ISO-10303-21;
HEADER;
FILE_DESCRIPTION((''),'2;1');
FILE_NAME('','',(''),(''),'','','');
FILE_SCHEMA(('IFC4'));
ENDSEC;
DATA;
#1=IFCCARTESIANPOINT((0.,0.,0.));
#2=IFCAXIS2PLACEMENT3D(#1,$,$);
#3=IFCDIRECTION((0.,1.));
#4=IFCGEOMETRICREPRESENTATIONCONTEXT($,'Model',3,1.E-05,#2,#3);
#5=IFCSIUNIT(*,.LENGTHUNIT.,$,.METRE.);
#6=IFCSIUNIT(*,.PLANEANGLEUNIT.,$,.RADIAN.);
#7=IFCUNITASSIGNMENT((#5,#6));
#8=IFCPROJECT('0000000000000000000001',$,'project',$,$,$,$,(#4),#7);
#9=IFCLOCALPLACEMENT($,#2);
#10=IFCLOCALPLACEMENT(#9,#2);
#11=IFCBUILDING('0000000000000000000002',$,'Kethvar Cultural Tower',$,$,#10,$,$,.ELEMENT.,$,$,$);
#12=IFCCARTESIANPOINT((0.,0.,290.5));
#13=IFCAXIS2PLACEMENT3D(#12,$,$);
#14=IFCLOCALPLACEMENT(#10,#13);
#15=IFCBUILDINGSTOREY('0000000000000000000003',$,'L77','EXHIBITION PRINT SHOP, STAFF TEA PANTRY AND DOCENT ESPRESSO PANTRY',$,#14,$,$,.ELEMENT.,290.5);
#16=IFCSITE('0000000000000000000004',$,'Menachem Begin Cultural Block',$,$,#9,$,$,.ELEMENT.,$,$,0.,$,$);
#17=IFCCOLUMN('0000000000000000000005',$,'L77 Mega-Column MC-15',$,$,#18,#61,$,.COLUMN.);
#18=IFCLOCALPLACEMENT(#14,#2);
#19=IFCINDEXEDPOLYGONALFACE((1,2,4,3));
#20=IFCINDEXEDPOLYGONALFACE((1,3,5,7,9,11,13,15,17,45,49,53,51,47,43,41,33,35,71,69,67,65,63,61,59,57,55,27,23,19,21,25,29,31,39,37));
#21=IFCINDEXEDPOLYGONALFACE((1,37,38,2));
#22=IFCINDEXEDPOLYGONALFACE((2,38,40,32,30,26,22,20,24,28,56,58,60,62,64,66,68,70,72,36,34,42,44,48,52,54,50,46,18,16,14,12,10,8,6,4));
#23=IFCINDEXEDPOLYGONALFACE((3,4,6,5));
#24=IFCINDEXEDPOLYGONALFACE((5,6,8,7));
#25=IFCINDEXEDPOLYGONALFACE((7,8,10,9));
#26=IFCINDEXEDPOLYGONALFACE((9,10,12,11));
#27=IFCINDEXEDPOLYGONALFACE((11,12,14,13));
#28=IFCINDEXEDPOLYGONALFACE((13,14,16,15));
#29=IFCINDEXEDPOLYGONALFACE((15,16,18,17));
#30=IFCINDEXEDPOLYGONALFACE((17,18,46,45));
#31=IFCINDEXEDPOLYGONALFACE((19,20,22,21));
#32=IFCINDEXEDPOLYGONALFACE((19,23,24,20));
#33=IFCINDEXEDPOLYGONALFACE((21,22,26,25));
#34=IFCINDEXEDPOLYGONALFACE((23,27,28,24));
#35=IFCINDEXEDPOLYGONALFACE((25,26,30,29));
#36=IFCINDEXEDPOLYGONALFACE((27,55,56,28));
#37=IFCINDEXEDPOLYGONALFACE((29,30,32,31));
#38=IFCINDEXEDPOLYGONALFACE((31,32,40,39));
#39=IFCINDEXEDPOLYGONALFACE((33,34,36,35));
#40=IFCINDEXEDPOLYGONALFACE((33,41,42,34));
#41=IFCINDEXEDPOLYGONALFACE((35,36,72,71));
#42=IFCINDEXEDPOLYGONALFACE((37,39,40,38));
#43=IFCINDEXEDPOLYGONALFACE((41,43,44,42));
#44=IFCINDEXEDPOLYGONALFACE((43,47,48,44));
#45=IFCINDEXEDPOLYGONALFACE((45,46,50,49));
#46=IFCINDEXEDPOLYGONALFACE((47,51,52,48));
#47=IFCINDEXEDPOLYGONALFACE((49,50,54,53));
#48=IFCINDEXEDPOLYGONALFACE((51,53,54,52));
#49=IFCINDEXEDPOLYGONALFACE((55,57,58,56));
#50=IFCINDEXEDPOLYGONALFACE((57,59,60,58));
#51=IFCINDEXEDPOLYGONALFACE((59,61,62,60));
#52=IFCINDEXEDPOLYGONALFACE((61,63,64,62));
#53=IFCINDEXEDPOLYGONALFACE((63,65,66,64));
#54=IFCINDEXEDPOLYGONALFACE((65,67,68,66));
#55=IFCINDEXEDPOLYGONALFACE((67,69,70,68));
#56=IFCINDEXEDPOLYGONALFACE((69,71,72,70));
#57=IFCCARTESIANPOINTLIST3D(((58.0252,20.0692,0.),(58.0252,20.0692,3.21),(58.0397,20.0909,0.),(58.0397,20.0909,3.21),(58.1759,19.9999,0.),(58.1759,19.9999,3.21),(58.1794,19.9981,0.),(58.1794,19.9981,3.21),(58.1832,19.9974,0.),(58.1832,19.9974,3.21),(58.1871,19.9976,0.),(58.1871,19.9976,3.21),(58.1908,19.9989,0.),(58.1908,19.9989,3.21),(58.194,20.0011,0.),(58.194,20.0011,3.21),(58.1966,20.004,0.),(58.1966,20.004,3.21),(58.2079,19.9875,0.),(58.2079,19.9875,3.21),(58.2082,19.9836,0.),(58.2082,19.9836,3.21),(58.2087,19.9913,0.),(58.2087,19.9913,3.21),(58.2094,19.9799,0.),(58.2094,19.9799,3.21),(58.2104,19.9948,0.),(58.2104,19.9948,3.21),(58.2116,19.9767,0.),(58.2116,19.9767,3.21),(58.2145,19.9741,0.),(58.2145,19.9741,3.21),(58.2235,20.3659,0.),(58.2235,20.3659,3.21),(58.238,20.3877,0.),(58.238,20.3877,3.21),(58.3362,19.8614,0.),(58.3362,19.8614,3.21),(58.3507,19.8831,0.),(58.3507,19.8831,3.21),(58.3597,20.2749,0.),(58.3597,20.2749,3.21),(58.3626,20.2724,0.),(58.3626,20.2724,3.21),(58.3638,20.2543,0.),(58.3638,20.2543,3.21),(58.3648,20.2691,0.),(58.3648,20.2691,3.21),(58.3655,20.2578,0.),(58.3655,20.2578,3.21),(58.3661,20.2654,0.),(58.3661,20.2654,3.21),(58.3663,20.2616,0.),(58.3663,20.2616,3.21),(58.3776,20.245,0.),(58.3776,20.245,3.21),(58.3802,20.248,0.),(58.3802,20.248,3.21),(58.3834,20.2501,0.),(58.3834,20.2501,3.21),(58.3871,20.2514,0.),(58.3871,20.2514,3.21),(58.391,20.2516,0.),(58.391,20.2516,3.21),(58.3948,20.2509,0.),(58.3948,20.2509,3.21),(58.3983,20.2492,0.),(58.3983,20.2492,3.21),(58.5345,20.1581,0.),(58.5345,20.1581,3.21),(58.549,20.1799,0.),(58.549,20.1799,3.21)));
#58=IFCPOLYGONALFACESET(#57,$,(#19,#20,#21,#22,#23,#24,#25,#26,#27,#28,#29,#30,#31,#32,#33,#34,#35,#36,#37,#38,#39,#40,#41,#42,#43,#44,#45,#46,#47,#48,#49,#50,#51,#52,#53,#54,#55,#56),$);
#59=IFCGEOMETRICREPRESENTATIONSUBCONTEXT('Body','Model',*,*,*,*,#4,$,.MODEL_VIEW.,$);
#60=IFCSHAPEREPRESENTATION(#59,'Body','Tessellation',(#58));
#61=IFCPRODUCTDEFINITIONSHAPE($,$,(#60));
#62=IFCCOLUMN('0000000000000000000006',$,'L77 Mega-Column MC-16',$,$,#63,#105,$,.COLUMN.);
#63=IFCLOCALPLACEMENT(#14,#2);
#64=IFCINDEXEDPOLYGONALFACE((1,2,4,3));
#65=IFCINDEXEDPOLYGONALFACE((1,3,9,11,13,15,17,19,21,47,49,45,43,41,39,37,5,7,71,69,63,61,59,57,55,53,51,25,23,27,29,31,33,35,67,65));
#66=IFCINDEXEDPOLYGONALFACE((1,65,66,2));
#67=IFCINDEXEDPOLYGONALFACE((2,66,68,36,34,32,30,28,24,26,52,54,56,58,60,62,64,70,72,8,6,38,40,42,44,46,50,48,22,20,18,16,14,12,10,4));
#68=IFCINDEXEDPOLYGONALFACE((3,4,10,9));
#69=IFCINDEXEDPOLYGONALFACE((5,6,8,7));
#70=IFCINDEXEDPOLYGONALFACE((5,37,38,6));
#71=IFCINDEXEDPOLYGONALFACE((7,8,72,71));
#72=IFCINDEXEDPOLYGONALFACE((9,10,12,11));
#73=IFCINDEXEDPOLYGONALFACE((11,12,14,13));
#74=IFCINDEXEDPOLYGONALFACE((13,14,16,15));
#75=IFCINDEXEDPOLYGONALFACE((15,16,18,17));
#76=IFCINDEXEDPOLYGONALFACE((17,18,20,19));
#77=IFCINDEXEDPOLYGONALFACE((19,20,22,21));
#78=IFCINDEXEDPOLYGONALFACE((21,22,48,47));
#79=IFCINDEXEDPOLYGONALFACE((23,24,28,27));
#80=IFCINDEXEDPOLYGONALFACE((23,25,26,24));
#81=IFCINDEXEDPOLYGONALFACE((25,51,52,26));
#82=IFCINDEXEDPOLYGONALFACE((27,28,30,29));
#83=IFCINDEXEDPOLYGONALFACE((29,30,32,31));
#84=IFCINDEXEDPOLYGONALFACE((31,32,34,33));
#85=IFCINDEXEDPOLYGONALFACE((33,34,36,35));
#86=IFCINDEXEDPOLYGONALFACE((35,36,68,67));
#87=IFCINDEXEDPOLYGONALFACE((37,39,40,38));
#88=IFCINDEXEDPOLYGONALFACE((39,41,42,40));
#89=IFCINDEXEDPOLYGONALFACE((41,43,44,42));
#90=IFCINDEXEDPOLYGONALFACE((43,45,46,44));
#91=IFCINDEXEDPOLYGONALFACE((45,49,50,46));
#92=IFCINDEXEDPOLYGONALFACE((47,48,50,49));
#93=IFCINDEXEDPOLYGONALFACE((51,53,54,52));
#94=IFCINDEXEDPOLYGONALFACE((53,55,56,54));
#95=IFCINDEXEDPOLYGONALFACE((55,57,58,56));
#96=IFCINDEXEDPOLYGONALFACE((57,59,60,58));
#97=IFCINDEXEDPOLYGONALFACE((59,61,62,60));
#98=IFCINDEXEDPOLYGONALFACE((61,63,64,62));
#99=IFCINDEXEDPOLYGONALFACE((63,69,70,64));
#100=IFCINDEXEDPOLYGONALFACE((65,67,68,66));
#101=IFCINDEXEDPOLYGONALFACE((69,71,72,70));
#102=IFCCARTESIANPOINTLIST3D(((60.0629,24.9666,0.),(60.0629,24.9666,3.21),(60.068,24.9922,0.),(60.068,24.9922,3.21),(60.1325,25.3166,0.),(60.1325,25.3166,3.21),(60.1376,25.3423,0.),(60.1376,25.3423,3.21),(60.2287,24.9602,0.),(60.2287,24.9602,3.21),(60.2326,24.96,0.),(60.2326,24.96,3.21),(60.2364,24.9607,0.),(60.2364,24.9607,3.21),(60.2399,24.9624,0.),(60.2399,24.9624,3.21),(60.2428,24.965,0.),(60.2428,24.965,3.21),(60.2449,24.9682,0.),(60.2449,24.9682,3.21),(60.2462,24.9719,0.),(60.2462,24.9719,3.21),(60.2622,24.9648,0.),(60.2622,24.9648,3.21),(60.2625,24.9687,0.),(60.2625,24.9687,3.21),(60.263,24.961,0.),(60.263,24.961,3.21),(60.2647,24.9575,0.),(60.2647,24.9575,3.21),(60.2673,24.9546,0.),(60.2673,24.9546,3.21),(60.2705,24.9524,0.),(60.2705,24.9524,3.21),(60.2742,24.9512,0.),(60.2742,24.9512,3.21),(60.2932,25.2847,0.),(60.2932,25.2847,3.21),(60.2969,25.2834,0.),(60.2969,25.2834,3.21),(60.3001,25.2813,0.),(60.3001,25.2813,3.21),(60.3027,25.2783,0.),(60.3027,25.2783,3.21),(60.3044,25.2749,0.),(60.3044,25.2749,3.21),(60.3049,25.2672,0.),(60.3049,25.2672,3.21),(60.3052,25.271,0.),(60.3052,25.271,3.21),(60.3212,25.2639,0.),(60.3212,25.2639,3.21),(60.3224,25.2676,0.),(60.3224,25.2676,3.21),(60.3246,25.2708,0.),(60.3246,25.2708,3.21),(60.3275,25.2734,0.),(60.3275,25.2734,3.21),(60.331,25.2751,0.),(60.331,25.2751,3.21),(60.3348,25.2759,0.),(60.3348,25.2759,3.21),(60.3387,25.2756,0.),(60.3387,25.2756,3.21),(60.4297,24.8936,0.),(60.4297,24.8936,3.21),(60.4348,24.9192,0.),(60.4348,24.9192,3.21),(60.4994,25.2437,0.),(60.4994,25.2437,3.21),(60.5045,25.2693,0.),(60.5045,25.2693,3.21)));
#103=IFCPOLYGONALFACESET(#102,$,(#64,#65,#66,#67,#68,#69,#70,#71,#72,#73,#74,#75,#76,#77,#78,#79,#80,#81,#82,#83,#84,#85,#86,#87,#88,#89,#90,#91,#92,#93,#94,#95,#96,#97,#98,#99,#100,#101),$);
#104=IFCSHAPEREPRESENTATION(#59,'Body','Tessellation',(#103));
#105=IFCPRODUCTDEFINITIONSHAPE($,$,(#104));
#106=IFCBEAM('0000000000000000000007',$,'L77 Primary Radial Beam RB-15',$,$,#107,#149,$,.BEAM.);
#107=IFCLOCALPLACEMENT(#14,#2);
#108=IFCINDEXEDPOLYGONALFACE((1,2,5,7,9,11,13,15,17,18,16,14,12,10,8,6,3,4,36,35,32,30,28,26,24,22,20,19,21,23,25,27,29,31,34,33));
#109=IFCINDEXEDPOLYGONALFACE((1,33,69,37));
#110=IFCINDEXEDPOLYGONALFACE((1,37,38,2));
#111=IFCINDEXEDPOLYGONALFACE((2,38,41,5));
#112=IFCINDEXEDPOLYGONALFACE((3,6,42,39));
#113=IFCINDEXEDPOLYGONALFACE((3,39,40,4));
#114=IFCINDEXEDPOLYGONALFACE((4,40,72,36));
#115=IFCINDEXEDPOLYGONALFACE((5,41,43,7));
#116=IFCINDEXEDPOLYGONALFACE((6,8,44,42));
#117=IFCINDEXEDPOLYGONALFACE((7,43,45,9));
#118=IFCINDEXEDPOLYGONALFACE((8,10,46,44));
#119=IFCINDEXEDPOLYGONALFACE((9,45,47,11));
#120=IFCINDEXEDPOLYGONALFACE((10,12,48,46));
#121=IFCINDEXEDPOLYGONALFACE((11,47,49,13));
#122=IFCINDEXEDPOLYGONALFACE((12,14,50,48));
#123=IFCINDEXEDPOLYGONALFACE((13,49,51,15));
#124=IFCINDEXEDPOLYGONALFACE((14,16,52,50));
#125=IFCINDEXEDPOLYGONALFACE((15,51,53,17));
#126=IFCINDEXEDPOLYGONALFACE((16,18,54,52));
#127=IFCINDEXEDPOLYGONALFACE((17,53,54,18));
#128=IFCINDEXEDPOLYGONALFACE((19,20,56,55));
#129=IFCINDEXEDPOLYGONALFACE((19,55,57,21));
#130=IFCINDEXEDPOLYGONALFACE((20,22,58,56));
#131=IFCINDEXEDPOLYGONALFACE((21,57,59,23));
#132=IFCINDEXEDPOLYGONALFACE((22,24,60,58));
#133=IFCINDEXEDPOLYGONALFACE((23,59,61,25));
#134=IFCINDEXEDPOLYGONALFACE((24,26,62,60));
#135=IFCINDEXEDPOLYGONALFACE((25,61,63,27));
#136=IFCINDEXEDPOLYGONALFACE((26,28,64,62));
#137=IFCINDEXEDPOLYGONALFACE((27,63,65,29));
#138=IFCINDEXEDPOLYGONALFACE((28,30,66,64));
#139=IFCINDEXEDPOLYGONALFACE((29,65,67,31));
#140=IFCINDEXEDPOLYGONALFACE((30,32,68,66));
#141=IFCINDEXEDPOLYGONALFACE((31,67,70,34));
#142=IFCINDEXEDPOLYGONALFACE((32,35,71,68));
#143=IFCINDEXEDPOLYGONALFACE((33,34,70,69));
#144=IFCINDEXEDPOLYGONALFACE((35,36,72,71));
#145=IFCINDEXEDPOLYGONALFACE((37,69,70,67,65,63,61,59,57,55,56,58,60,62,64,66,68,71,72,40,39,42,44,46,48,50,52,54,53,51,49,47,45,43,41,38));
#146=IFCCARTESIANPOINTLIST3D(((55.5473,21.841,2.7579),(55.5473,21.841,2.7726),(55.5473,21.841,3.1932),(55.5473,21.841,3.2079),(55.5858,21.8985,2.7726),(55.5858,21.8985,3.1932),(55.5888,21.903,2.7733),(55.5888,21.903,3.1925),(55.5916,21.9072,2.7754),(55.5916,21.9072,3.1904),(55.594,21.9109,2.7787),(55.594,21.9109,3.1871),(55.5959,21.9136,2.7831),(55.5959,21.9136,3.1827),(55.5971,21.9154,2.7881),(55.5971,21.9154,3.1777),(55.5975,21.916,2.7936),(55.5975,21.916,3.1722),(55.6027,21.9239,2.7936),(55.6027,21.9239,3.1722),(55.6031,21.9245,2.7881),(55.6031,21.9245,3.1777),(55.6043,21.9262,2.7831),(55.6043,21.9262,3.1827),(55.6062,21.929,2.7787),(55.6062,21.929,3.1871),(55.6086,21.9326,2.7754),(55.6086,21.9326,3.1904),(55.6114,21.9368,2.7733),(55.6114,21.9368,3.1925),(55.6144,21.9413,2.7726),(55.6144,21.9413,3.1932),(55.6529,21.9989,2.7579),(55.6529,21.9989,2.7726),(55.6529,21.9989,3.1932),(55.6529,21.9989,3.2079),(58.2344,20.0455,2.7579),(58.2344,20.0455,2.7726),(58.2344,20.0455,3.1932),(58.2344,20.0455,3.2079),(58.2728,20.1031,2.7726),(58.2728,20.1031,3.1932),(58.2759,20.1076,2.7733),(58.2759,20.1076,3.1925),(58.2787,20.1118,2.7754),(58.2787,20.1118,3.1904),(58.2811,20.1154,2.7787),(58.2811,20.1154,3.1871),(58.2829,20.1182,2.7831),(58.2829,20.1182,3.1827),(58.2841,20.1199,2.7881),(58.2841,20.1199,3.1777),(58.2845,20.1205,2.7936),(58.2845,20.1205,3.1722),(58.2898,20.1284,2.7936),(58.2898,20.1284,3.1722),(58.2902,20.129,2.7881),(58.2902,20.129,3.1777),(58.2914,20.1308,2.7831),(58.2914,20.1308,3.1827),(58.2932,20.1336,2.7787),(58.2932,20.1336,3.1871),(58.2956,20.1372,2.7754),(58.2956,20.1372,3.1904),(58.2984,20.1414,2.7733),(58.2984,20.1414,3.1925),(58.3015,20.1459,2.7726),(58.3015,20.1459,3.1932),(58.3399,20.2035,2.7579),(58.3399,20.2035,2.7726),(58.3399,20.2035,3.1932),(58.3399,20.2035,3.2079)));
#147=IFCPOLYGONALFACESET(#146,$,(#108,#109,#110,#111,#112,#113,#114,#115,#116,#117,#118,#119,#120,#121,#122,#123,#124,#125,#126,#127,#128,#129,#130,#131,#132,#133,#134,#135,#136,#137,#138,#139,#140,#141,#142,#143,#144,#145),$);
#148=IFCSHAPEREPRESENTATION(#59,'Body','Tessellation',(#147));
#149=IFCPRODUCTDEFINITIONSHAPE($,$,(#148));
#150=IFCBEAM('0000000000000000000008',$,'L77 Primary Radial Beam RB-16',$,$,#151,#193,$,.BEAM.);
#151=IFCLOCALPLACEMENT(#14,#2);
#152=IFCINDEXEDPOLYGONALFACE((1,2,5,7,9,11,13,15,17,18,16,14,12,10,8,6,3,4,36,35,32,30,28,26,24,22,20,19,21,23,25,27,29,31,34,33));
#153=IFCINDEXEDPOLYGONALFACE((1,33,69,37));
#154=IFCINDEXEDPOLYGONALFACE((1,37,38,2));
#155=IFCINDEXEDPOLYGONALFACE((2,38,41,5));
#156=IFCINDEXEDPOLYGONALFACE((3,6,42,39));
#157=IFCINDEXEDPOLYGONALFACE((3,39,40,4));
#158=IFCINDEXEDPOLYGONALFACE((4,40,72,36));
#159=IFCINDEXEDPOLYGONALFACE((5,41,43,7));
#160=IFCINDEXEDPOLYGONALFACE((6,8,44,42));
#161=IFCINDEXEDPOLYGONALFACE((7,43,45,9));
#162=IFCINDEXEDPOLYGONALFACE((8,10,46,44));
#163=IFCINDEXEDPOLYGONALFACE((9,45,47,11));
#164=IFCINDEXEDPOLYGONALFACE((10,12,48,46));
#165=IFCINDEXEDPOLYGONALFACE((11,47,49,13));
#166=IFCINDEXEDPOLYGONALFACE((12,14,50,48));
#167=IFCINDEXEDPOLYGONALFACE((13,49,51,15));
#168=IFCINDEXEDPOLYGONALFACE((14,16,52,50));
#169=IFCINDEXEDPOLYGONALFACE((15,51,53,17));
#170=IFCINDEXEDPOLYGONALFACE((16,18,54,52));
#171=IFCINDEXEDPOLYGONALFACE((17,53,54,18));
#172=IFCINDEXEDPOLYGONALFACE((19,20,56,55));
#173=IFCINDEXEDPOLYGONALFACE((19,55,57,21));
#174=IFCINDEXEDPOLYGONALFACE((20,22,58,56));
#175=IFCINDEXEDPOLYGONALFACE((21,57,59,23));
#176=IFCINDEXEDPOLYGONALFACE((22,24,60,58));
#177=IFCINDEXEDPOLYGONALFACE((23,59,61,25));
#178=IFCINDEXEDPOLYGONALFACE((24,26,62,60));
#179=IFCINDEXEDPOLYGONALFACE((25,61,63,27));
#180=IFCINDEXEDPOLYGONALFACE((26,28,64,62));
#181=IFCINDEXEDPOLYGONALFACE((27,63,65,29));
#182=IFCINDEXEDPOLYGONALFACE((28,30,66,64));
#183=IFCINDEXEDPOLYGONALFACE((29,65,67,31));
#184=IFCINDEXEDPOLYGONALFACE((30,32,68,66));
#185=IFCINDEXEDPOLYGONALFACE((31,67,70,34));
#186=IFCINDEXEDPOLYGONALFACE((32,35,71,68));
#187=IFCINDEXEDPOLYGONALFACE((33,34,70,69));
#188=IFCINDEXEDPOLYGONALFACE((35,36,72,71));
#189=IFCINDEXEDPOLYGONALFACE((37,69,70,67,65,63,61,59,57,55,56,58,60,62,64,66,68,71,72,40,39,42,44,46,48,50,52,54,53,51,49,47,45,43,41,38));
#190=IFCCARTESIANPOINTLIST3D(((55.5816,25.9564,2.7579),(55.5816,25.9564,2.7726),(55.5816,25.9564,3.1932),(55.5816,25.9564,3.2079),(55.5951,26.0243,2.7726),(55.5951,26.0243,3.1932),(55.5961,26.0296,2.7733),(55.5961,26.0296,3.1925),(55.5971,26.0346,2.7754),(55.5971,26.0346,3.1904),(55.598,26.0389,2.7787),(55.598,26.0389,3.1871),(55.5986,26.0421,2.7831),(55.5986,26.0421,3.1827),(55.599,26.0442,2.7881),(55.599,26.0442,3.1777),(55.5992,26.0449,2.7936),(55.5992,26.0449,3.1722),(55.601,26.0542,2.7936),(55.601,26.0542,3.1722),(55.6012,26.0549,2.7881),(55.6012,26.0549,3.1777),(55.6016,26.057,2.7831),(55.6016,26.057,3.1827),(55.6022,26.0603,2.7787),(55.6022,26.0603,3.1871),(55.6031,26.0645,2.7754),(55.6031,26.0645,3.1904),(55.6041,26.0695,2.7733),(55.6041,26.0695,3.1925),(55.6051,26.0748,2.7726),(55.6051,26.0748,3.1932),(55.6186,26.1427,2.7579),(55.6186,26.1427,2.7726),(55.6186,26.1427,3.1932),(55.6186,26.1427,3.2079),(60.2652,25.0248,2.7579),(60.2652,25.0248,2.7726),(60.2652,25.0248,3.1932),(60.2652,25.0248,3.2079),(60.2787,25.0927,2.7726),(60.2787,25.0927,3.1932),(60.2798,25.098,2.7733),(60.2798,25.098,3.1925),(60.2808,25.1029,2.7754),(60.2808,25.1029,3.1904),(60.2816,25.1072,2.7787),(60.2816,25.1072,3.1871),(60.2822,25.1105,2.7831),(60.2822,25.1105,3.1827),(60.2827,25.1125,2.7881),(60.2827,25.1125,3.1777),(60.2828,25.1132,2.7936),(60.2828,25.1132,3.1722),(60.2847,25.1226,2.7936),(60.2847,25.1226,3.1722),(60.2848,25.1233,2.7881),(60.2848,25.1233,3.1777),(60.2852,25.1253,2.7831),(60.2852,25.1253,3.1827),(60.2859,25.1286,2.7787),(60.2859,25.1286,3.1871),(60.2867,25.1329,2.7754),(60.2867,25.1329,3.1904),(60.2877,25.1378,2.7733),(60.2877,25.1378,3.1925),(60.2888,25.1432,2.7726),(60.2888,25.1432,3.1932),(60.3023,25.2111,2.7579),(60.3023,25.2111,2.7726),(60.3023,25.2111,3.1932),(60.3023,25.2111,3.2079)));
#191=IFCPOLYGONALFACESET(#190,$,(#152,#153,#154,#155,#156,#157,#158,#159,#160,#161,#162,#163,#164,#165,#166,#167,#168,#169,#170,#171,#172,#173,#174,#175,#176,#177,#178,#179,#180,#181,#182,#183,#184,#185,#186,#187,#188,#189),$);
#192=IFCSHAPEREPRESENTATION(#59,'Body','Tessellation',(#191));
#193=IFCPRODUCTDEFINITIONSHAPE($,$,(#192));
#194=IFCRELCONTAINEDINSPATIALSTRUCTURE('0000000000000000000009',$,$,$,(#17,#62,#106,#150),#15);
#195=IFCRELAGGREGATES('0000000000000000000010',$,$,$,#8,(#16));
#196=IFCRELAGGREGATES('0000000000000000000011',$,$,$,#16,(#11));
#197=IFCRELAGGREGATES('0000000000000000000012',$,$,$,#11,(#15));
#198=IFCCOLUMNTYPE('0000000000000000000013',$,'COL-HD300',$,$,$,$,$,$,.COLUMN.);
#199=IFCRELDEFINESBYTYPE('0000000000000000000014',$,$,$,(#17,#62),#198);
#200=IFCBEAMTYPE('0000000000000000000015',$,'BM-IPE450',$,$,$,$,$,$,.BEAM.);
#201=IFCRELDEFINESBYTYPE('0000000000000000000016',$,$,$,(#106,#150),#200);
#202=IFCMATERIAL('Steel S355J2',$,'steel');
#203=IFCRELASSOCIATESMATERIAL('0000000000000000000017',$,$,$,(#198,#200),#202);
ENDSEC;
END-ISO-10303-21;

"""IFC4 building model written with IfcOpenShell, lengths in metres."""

from ifc_helpers import new_model, si_unit, direction, frame, origin, origin_2d, place, context, subcontext, project, spatial, i_section, extrude, source, transform, mapped, material, material_profile, profile_set, type_object, element, save


model = new_model("IFC4")

# Units and contexts
model_context = context("Model", 3, precision=1e-05, world=origin(), true_north=direction((0.0, 1.0)))
body_context = subcontext(model_context, "Body", "Model", "MODEL_VIEW")
ifc_project = project(units=[si_unit("LENGTHUNIT", "METRE"), si_unit("PLANEANGLEUNIT", "RADIAN")], contexts=[model_context])

# Site, building, storey
site_placement = place(None, origin())
site = spatial("IfcSite", under=ifc_project, at=site_placement, Name="Menachem Begin Cultural Block", CompositionType="ELEMENT", RefElevation=0.0)
building_placement = place(site_placement, origin())
building = spatial("IfcBuilding", under=site, at=building_placement, Name="Kethvar Cultural Tower", CompositionType="ELEMENT")
storey_placement = place(building_placement, frame((0.0, 0.0, 290.5)))
storey = spatial("IfcBuildingStorey", under=building, at=storey_placement, Name="L77", Description="EXHIBITION PRINT SHOP, STAFF TEA PANTRY AND DOCENT ESPRESSO PANTRY", CompositionType="ELEMENT", Elevation=290.5)

# Columns
ifc_material_1 = material(Name="Steel S355J2", Category="steel")
ifc_material_profile_1 = material_profile(ifc_material_1, i_section(OverallWidth=0.374, OverallDepth=0.3831, WebThickness=0.0166, FlangeThickness=0.0261, FilletRadius=0.0149, at=origin_2d()), Name="Steel S355J2 — HD360x300")
ifc_profile_set_1 = profile_set([ifc_material_profile_1], Name="Steel S355J2 — HD360x300")
column_type = type_object("IfcColumnType", Name="COL-HD300", PredefinedType="COLUMN", material=ifc_profile_set_1)
shared_shape_1 = source(origin(), body_context, "Body", "SweptSolid", [
    extrude(i_section(OverallWidth=0.374, OverallDepth=0.3831, WebThickness=0.0166, FlangeThickness=0.0261, FilletRadius=0.0149, at=origin_2d()), origin(), (0.0, 0.0, 1.0), 3.21),
])
for number, where, z_axis, x_axis, name in (
    (1, (58.2871, 20.1245, 0.0), (0.0, 0.0, 1.0), (0.83147, -0.55557, 0.0), "L77 Mega-Column MC-15"),
    (2, (60.2837, 25.1179, 0.0), (0.0, 0.0, 1.0), (0.980785, -0.19509, 0.0), "L77 Mega-Column MC-16"),
):
    element("IfcColumn", number, at=place(storey_placement, frame(where, z_axis=z_axis, x_axis=x_axis)), inside=storey, type_object=column_type, Name=name, PredefinedType="COLUMN", context=body_context, shape_type="MappedRepresentation", body=[
        mapped(shared_shape_1, transform((0.0, 0.0, 0.0), scale=1.0)),
    ])

# Beams
ifc_material_profile_2 = material_profile(ifc_material_1, i_section(OverallWidth=0.1899, OverallDepth=0.45, WebThickness=0.0095, FlangeThickness=0.0146, FilletRadius=0.021, at=origin_2d()), Name="Steel S355J2 — IPE450")
ifc_profile_set_2 = profile_set([ifc_material_profile_2], Name="Steel S355J2 — IPE450")
beam_type_1 = type_object("IfcBeamType", Name="BM-IPE450", PredefinedType="BEAM", material=ifc_profile_set_2)
shared_shape_2 = source(origin(), body_context, "Body", "SweptSolid", [
    extrude(i_section(OverallWidth=0.1899, OverallDepth=0.45, WebThickness=0.0095, FlangeThickness=0.0146, FilletRadius=0.021, at=origin_2d()), origin(), (0.0, 0.0, 1.0), 3.2317),
])
beam_1_placement = place(storey_placement, frame((55.6001, 21.9199, 2.9829), z_axis=(0.831469, -0.555572, 0.0), x_axis=(0.555572, 0.831469, 0.0)))
element("IfcBeam", 3, at=beam_1_placement, inside=storey, type_object=beam_type_1, Name="L77 Primary Radial Beam RB-15", PredefinedType="BEAM", context=body_context, shape_type="MappedRepresentation", body=[
    mapped(shared_shape_2, transform((0.0, 0.0, 0.0), scale=1.0)),
])
shared_shape_3 = source(origin(), body_context, "Body", "SweptSolid", [
    extrude(i_section(OverallWidth=0.1899, OverallDepth=0.45, WebThickness=0.0095, FlangeThickness=0.0146, FilletRadius=0.021, at=origin_2d()), origin(), (0.0, 0.0, 1.0), 4.7754),
])
beam_2_placement = place(storey_placement, frame((55.6001, 26.0496, 2.9829), z_axis=(0.980785, -0.195094, 0.0), x_axis=(0.195094, 0.980785, 0.0)))
element("IfcBeam", 4, at=beam_2_placement, inside=storey, type_object=beam_type_1, Name="L77 Primary Radial Beam RB-16", PredefinedType="BEAM", context=body_context, shape_type="MappedRepresentation", body=[
    mapped(shared_shape_3, transform((0.0, 0.0, 0.0), scale=1.0)),
])

save(model, "model.ifc")
